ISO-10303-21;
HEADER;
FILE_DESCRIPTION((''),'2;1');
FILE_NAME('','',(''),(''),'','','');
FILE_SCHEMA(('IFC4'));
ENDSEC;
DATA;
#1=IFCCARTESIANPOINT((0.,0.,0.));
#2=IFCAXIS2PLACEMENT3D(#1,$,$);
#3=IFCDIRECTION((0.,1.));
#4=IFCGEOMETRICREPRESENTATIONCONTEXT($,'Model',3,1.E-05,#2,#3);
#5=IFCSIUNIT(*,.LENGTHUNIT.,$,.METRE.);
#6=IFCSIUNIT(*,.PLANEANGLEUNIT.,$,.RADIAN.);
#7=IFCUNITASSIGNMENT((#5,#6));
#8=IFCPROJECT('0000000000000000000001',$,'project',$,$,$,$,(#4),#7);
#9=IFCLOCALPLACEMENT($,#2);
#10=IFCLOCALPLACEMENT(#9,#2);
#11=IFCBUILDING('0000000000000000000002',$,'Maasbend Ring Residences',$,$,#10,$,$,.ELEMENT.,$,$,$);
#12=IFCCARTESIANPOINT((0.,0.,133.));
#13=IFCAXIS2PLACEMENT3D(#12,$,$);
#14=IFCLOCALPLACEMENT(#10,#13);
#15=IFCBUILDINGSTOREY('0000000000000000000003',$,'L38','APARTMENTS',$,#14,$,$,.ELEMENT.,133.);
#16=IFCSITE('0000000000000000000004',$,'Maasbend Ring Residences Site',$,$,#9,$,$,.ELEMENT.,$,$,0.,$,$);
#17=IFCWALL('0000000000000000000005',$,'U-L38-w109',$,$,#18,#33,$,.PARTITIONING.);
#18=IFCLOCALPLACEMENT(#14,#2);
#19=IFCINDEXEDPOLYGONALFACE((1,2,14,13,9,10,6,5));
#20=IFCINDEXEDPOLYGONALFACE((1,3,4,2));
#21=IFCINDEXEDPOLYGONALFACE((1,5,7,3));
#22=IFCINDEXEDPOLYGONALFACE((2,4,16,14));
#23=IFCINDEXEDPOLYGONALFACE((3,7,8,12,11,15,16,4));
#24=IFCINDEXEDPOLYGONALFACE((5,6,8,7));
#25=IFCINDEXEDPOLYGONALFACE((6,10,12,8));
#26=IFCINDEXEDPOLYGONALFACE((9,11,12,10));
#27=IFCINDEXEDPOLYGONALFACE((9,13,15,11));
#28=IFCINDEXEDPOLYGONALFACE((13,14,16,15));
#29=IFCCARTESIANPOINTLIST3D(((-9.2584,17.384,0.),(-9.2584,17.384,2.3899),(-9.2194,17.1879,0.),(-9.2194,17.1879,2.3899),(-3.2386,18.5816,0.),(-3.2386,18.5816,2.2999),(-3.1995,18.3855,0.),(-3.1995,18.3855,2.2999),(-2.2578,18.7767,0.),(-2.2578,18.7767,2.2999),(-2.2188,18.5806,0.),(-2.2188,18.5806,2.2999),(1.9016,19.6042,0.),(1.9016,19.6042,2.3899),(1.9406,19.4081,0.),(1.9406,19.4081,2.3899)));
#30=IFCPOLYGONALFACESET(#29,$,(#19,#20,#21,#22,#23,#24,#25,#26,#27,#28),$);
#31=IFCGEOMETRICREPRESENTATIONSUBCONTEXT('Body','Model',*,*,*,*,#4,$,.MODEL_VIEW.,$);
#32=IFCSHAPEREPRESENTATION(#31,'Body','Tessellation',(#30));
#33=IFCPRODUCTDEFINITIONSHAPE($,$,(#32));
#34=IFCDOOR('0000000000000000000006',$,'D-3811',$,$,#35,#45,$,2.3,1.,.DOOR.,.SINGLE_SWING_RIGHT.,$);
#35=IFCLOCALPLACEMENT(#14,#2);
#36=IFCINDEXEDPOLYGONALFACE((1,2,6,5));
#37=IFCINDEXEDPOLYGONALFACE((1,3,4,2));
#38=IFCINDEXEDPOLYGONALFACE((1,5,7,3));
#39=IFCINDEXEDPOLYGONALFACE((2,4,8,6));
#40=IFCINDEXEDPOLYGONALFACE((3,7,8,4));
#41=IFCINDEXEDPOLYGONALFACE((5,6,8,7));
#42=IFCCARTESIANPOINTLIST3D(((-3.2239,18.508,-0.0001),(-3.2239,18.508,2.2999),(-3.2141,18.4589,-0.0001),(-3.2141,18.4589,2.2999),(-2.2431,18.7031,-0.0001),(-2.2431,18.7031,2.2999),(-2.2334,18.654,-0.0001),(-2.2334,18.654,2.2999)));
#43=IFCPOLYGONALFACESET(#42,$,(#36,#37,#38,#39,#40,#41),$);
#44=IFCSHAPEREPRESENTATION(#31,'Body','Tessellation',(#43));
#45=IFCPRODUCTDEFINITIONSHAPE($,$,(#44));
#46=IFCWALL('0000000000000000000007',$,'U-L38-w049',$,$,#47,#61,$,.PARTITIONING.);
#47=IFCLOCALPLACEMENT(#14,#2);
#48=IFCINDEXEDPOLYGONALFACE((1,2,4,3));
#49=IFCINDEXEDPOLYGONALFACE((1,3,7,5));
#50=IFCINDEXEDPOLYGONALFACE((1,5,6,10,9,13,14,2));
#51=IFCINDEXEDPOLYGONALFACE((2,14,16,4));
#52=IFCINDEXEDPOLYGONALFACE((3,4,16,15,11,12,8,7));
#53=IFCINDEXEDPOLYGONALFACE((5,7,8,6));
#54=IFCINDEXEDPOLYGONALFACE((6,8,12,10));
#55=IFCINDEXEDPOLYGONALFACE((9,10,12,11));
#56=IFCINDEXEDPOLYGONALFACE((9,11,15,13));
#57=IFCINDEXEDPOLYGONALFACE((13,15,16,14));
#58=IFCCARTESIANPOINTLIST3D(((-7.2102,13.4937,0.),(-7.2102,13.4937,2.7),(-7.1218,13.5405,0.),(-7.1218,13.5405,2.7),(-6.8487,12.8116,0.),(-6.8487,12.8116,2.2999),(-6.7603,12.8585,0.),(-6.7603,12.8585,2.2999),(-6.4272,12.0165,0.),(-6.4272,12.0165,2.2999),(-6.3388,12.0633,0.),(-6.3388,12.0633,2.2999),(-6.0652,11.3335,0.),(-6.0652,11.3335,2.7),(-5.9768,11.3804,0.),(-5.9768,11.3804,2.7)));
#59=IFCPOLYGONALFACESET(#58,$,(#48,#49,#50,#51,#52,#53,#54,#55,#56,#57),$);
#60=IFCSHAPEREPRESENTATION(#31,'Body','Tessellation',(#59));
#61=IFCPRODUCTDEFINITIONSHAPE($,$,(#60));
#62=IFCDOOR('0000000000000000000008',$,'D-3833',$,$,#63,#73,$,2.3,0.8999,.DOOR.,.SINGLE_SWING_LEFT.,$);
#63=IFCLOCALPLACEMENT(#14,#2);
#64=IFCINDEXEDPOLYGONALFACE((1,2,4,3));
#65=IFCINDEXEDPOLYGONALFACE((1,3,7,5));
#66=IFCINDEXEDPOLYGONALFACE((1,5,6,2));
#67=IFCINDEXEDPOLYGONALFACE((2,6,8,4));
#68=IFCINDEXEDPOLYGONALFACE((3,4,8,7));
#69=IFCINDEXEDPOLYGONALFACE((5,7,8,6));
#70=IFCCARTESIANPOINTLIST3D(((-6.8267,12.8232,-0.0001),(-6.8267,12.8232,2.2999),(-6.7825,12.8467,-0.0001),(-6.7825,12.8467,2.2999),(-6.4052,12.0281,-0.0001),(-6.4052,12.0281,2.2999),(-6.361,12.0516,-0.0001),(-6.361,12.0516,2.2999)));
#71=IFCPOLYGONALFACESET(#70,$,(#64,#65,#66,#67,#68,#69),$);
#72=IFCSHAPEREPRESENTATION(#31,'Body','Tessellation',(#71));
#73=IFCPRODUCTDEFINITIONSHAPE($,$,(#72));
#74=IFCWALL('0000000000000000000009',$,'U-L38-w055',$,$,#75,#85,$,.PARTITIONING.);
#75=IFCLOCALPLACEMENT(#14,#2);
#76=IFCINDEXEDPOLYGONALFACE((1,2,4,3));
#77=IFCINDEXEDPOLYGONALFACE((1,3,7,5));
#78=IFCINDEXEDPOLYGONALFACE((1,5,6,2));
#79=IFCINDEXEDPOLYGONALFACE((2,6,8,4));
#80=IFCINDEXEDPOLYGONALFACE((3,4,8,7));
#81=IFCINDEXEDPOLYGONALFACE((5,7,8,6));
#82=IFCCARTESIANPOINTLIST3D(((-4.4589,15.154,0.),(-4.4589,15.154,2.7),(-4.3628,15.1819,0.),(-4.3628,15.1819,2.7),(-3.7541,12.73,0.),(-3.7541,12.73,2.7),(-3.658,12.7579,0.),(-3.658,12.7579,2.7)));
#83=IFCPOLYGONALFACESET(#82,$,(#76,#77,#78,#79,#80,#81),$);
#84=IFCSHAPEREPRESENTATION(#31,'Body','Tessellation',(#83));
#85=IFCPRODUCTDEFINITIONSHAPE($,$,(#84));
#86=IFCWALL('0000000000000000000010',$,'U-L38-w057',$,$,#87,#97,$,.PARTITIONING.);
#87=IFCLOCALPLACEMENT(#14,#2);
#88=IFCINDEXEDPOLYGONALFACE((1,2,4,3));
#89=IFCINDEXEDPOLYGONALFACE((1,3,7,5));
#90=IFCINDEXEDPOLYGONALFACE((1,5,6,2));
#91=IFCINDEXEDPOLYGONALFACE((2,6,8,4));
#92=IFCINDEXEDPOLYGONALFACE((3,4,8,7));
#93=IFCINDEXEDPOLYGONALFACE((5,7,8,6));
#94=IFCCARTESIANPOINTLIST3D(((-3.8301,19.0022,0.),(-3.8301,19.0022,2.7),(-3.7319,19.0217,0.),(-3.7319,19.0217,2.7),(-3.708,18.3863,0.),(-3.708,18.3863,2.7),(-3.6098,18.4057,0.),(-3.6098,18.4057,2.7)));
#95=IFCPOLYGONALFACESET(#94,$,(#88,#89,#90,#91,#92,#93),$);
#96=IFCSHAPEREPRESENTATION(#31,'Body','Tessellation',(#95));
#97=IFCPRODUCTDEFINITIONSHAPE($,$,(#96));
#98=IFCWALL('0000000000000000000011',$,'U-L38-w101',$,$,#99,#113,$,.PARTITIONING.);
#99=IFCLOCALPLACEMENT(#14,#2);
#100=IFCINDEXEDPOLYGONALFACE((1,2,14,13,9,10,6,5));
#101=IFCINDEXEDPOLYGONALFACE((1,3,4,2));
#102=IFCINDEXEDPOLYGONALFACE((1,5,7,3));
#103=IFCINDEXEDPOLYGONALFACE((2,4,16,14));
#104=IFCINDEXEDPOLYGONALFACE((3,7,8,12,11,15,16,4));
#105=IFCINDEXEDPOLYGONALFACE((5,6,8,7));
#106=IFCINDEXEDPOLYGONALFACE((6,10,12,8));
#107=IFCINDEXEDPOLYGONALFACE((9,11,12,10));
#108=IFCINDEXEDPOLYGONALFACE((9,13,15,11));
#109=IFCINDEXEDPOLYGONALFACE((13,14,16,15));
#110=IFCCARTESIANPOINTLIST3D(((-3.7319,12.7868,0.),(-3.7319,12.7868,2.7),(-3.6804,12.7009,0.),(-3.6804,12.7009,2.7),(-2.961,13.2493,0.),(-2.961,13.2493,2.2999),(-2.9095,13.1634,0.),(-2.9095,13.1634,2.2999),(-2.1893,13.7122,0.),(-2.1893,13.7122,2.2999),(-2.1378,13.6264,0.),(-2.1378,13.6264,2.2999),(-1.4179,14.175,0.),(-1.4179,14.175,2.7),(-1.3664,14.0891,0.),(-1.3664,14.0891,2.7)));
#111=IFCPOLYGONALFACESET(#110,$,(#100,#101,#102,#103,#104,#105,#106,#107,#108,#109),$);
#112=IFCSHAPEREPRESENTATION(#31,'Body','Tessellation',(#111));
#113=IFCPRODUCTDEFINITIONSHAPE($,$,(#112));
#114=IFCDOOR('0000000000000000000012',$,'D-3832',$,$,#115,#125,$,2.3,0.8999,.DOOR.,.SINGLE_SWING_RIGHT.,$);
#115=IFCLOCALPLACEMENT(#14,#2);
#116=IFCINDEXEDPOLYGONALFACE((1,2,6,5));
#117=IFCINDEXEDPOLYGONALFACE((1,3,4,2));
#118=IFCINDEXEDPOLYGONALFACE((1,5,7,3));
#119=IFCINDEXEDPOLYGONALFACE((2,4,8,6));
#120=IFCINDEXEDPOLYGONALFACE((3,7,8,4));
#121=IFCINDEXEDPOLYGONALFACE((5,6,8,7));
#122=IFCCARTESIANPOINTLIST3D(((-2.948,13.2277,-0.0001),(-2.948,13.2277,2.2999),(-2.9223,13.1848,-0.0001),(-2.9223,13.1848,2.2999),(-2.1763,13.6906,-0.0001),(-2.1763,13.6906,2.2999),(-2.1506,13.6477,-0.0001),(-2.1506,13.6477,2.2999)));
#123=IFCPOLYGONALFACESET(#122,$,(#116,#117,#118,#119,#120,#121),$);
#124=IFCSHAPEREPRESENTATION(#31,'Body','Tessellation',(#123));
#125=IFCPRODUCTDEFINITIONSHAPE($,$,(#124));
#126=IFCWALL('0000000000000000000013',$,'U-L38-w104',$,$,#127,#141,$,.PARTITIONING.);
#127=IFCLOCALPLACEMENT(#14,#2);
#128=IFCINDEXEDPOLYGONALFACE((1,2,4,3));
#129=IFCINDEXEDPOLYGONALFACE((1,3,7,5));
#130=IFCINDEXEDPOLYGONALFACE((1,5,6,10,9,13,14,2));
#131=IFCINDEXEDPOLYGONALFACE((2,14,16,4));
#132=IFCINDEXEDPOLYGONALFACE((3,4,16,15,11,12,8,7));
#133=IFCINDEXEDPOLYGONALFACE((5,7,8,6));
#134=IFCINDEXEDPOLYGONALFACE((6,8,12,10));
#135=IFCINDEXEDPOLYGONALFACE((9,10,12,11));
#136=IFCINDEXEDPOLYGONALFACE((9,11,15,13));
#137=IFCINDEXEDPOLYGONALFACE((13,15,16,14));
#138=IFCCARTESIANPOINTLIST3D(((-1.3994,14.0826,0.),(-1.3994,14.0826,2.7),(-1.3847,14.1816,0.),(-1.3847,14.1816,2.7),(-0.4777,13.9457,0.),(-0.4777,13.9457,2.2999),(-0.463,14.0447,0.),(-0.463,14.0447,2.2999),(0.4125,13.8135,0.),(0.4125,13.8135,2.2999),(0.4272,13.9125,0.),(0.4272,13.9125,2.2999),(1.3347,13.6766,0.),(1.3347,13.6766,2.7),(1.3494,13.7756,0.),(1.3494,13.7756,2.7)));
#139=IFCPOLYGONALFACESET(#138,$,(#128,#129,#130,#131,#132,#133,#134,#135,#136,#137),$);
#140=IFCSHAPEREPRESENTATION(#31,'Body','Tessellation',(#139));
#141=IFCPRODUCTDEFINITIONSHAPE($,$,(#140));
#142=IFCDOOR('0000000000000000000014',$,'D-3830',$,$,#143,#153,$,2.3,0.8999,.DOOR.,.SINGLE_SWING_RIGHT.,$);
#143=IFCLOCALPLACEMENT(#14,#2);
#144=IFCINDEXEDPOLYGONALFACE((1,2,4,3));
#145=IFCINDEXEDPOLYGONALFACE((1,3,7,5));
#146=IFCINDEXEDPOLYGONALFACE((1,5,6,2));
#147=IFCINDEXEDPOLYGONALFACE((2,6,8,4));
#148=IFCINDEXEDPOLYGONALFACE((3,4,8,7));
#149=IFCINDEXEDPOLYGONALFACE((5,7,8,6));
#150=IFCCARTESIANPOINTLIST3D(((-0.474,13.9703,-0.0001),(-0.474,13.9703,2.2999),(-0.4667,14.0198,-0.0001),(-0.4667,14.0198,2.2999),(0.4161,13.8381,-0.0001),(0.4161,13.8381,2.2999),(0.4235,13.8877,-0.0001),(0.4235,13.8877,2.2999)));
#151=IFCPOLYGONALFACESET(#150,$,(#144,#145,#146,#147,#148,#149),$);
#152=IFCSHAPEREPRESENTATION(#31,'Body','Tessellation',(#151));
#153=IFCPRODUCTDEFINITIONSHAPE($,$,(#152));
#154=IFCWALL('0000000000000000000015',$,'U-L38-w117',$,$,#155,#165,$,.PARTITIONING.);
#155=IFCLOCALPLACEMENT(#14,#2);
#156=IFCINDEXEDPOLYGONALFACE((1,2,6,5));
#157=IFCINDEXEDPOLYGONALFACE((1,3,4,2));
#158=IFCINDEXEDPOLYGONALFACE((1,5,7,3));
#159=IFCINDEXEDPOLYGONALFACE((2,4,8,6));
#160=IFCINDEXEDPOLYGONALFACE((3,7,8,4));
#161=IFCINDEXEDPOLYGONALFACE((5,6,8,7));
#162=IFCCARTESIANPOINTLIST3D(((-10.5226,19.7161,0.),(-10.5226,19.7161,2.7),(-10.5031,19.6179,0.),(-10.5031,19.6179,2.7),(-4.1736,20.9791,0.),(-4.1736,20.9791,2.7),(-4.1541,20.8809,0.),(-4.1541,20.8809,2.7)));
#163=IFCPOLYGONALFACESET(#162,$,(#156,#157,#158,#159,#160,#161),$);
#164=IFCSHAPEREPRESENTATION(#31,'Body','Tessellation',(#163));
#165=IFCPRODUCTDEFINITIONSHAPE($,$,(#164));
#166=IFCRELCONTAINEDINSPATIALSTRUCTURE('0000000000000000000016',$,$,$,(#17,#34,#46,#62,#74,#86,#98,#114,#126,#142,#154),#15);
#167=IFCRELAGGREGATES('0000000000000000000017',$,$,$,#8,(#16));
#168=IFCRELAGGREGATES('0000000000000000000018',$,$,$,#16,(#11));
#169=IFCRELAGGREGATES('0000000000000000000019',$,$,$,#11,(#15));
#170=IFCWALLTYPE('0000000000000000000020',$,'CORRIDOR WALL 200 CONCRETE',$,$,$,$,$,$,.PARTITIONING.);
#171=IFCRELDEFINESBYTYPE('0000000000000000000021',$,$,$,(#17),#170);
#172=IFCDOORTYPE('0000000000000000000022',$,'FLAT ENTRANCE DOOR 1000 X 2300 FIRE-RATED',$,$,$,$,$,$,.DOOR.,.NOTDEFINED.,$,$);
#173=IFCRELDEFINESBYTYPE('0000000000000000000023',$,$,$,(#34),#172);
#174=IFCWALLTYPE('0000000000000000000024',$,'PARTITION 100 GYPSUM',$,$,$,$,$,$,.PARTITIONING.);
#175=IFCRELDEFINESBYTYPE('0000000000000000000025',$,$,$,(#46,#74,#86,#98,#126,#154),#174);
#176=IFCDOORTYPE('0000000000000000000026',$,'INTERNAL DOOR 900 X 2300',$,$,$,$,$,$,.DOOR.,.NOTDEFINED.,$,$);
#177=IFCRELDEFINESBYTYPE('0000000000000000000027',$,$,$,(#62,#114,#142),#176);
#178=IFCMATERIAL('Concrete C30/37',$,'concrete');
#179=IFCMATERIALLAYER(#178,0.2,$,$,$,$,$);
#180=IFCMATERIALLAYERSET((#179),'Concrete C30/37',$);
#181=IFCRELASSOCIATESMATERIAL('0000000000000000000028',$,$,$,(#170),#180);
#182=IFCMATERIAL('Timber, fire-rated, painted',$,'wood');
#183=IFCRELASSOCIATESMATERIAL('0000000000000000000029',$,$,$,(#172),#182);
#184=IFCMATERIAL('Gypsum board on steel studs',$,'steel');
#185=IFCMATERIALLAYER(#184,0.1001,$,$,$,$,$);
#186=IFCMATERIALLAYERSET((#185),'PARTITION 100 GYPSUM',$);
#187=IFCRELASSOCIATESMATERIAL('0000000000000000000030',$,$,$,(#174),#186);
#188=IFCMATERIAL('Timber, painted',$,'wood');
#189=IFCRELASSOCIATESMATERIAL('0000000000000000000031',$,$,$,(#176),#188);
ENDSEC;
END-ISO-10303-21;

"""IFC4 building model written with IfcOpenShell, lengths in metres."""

from ifc_helpers import new_model, si_unit, direction, frame, frame_2d, origin, place, context, subcontext, project, spatial, rectangle, extrude, material, layer, layer_set, type_object, element, fill, save


model = new_model("IFC4")

# Units and contexts
model_context = context("Model", 3, precision=1e-05, world=origin(), true_north=direction((0.0, 1.0)))
body_context = subcontext(model_context, "Body", "Model", "MODEL_VIEW")
ifc_project = project(units=[si_unit("LENGTHUNIT", "METRE"), si_unit("PLANEANGLEUNIT", "RADIAN")], contexts=[model_context])

# Site, building, storey
site_placement = place(None, origin())
site = spatial("IfcSite", under=ifc_project, at=site_placement, Name="Maasbend Ring Residences Site", CompositionType="ELEMENT", RefElevation=0.0)
building_placement = place(site_placement, origin())
building = spatial("IfcBuilding", under=site, at=building_placement, Name="Maasbend Ring Residences", CompositionType="ELEMENT")
storey_placement = place(building_placement, frame((0.0, 0.0, 133.0)))
storey = spatial("IfcBuildingStorey", under=building, at=storey_placement, Name="L38", Description="APARTMENTS", CompositionType="ELEMENT", Elevation=133.0)

# Walls, openings, doors
ifc_material_1 = material(Name="Concrete C30/37", Category="concrete")
ifc_layer_1 = layer(ifc_material_1, 0.2)
ifc_layer_set_1 = layer_set([ifc_layer_1], Name="Concrete C30/37")
wall_type_1 = type_object("IfcWallType", Name="CORRIDOR WALL 200 CONCRETE", PredefinedType="PARTITIONING", material=ifc_layer_set_1)
ifc_material_2 = material(Name="Timber, fire-rated, painted", Category="wood")
door_type_1 = type_object("IfcDoorType", Name="FLAT ENTRANCE DOOR 1000 X 2300 FIRE-RATED", OperationType="NOTDEFINED", PredefinedType="DOOR", material=ifc_material_2)
wall_1_placement = place(storey_placement, frame((-9.239, 17.2859, 0.0), z_axis=(0.0, 0.0, 1.0), x_axis=(0.980779, 0.195122, 0.0)))
wall_1 = element("IfcWall", 1, at=wall_1_placement, inside=storey, type_object=wall_type_1, Name="U-L38-w109", PredefinedType="PARTITIONING", context=body_context, shape_type="SweptSolid", body=[
    extrude(rectangle(XDim=11.3787, YDim=0.2, at=frame_2d((5.6895, 0.0))), origin(), (0.0, 0.0, 1.0), 2.3899),
])
opening_1_placement = place(wall_1_placement, frame((6.1379, 0.0, 0.0)))
opening_1 = element("IfcOpeningElement", 2, at=opening_1_placement, cuts=wall_1, PredefinedType="OPENING", context=body_context, shape_type="SweptSolid", body=[
    extrude(rectangle(XDim=1.0, YDim=2.3, at=frame_2d((0.5, 1.1499))), frame((0.0, 0.1099, 0.0), z_axis=(0.0, -1.0, 0.0), x_axis=(1.0, 0.0, 0.0)), (0.0, 0.0, 1.0), 0.22),
])
door_1_placement = place(opening_1_placement, origin())
door_1 = element("IfcDoor", 3, at=door_1_placement, inside=storey, type_object=door_type_1, Name="D-3811", OperationType="SINGLE_SWING_RIGHT", OverallHeight=2.3, OverallWidth=1.0, PredefinedType="DOOR", context=body_context, shape_type="SweptSolid", body=[
    extrude(rectangle(XDim=1.0, YDim=2.3, at=frame_2d((0.5, 1.1499))), frame((0.0, 0.0249, 0.0), z_axis=(0.0, -1.0, 0.0), x_axis=(1.0, 0.0, 0.0)), (0.0, 0.0, 1.0), 0.05),
])
fill(opening_1, door_1)
ifc_material_3 = material(Name="Gypsum board on steel studs", Category="steel")
ifc_layer_2 = layer(ifc_material_3, 0.1001)
ifc_layer_set_2 = layer_set([ifc_layer_2], Name="PARTITION 100 GYPSUM")
wall_type_2 = type_object("IfcWallType", Name="PARTITION 100 GYPSUM", PredefinedType="PARTITIONING", material=ifc_layer_set_2)
wall_2_placement = place(storey_placement, frame((-7.166, 13.5171, 0.0), z_axis=(0.0, 0.0, 1.0), x_axis=(0.468337, -0.88355, 0.0)))
wall_2 = element("IfcWall", 4, at=wall_2_placement, inside=storey, type_object=wall_type_2, Name="U-L38-w049", PredefinedType="PARTITIONING", context=body_context, shape_type="SweptSolid", body=[
    extrude(rectangle(XDim=2.4448, YDim=0.1001, at=frame_2d((1.2224, 0.0))), origin(), (0.0, 0.0, 1.0), 2.7),
])
opening_2_placement = place(wall_2_placement, frame((0.772, 0.0, 0.0)))
opening_2 = element("IfcOpeningElement", 5, at=opening_2_placement, cuts=wall_2, PredefinedType="OPENING", context=body_context, shape_type="SweptSolid", body=[
    extrude(rectangle(XDim=0.8999, YDim=2.3, at=frame_2d((0.45, 1.1499))), frame((0.0, 0.0601, 0.0), z_axis=(0.0, -1.0, 0.0), x_axis=(1.0, 0.0, 0.0)), (0.0, 0.0, 1.0), 0.1201),
])
ifc_material_4 = material(Name="Timber, painted", Category="wood")
door_type_2 = type_object("IfcDoorType", Name="INTERNAL DOOR 900 X 2300", OperationType="NOTDEFINED", PredefinedType="DOOR", material=ifc_material_4)
door_2_placement = place(opening_2_placement, origin())
door_2 = element("IfcDoor", 6, at=door_2_placement, inside=storey, type_object=door_type_2, Name="D-3833", OperationType="SINGLE_SWING_LEFT", OverallHeight=2.3, OverallWidth=0.8999, PredefinedType="DOOR", context=body_context, shape_type="SweptSolid", body=[
    extrude(rectangle(XDim=0.8999, YDim=2.3, at=frame_2d((0.45, 1.1499))), frame((0.0, 0.0249, 0.0), z_axis=(0.0, -1.0, 0.0), x_axis=(1.0, 0.0, 0.0)), (0.0, 0.0, 1.0), 0.05),
])
fill(opening_2, door_2)

# Walls
wall_3_placement = place(storey_placement, frame((-4.4109, 15.168, 0.0), z_axis=(0.0, 0.0, 1.0), x_axis=(0.279201, -0.960233, 0.0)))
element("IfcWall", 7, at=wall_3_placement, inside=storey, type_object=wall_type_2, Name="U-L38-w055", PredefinedType="PARTITIONING", context=body_context, shape_type="SweptSolid", body=[
    extrude(rectangle(XDim=2.5244, YDim=0.1001, at=frame_2d((1.2622, 0.0))), origin(), (0.0, 0.0, 1.0), 2.7),
])
wall_4_placement = place(storey_placement, frame((-3.781, 19.012, 0.0), z_axis=(0.0, 0.0, 1.0), x_axis=(0.194396, -0.980923, 0.0)))
element("IfcWall", 8, at=wall_4_placement, inside=storey, type_object=wall_type_2, Name="U-L38-w057", PredefinedType="PARTITIONING", context=body_context, shape_type="SweptSolid", body=[
    extrude(rectangle(XDim=0.6279, YDim=0.1001, at=frame_2d((0.314, 0.0))), origin(), (0.0, 0.0, 1.0), 2.7),
])

# Walls, openings, doors
wall_5_placement = place(storey_placement, frame((-3.7061, 12.7439, 0.0), z_axis=(0.0, 0.0, 1.0), x_axis=(0.857525, 0.514443, 0.0)))
wall_5 = element("IfcWall", 9, at=wall_5_placement, inside=storey, type_object=wall_type_2, Name="U-L38-w101", PredefinedType="PARTITIONING", context=body_context, shape_type="SweptSolid", body=[
    extrude(rectangle(XDim=2.6985, YDim=0.1001, at=frame_2d((1.3491, 0.0))), origin(), (0.0, 0.0, 1.0), 2.7),
])
opening_3_placement = place(wall_5_placement, frame((0.8989, 0.0, 0.0)))
opening_3 = element("IfcOpeningElement", 10, at=opening_3_placement, cuts=wall_5, PredefinedType="OPENING", context=body_context, shape_type="SweptSolid", body=[
    extrude(rectangle(XDim=0.8999, YDim=2.3, at=frame_2d((0.45, 1.1499))), frame((0.0, 0.0601, 0.0), z_axis=(0.0, -1.0, 0.0), x_axis=(1.0, 0.0, 0.0)), (0.0, 0.0, 1.0), 0.1201),
])
door_3_placement = place(opening_3_placement, origin())
door_3 = element("IfcDoor", 11, at=door_3_placement, inside=storey, type_object=door_type_2, Name="D-3832", OperationType="SINGLE_SWING_RIGHT", OverallHeight=2.3, OverallWidth=0.8999, PredefinedType="DOOR", context=body_context, shape_type="SweptSolid", body=[
    extrude(rectangle(XDim=0.8999, YDim=2.3, at=frame_2d((0.45, 1.1499))), frame((0.0, 0.0249, 0.0), z_axis=(0.0, -1.0, 0.0), x_axis=(1.0, 0.0, 0.0)), (0.0, 0.0, 1.0), 0.05),
])
fill(opening_3, door_3)
wall_6_placement = place(storey_placement, frame((-1.3921, 14.1321, 0.0), z_axis=(0.0, 0.0, 1.0), x_axis=(0.989154, -0.146885, 0.0)))
wall_6 = element("IfcWall", 12, at=wall_6_placement, inside=storey, type_object=wall_type_2, Name="U-L38-w104", PredefinedType="PARTITIONING", context=body_context, shape_type="SweptSolid", body=[
    extrude(rectangle(XDim=2.7642, YDim=0.1001, at=frame_2d((1.3821, 0.0))), origin(), (0.0, 0.0, 1.0), 2.7),
])
opening_4_placement = place(wall_6_placement, frame((0.9319, 0.0, 0.0)))
opening_4 = element("IfcOpeningElement", 13, at=opening_4_placement, cuts=wall_6, PredefinedType="OPENING", context=body_context, shape_type="SweptSolid", body=[
    extrude(rectangle(XDim=0.8999, YDim=2.3, at=frame_2d((0.45, 1.1499))), frame((0.0, 0.0601, 0.0), z_axis=(0.0, -1.0, 0.0), x_axis=(1.0, 0.0, 0.0)), (0.0, 0.0, 1.0), 0.1201),
])
door_4_placement = place(opening_4_placement, origin())
door_4 = element("IfcDoor", 14, at=door_4_placement, inside=storey, type_object=door_type_2, Name="D-3830", OperationType="SINGLE_SWING_RIGHT", OverallHeight=2.3, OverallWidth=0.8999, PredefinedType="DOOR", context=body_context, shape_type="SweptSolid", body=[
    extrude(rectangle(XDim=0.8999, YDim=2.3, at=frame_2d((0.45, 1.1499))), frame((0.0, 0.0249, 0.0), z_axis=(0.0, -1.0, 0.0), x_axis=(1.0, 0.0, 0.0)), (0.0, 0.0, 1.0), 0.05),
])
fill(opening_4, door_4)

# Wall
wall_7_placement = place(storey_placement, frame((-10.5129, 19.667, 0.0), z_axis=(0.0, 0.0, 1.0), x_axis=(0.980783, 0.195101, 0.0)))
element("IfcWall", 15, at=wall_7_placement, inside=storey, type_object=wall_type_2, Name="U-L38-w117", PredefinedType="PARTITIONING", context=body_context, shape_type="SweptSolid", body=[
    extrude(rectangle(XDim=6.4734, YDim=0.1001, at=frame_2d((3.2368, 0.0))), origin(), (0.0, 0.0, 1.0), 2.7),
])

save(model, "model.ifc")
